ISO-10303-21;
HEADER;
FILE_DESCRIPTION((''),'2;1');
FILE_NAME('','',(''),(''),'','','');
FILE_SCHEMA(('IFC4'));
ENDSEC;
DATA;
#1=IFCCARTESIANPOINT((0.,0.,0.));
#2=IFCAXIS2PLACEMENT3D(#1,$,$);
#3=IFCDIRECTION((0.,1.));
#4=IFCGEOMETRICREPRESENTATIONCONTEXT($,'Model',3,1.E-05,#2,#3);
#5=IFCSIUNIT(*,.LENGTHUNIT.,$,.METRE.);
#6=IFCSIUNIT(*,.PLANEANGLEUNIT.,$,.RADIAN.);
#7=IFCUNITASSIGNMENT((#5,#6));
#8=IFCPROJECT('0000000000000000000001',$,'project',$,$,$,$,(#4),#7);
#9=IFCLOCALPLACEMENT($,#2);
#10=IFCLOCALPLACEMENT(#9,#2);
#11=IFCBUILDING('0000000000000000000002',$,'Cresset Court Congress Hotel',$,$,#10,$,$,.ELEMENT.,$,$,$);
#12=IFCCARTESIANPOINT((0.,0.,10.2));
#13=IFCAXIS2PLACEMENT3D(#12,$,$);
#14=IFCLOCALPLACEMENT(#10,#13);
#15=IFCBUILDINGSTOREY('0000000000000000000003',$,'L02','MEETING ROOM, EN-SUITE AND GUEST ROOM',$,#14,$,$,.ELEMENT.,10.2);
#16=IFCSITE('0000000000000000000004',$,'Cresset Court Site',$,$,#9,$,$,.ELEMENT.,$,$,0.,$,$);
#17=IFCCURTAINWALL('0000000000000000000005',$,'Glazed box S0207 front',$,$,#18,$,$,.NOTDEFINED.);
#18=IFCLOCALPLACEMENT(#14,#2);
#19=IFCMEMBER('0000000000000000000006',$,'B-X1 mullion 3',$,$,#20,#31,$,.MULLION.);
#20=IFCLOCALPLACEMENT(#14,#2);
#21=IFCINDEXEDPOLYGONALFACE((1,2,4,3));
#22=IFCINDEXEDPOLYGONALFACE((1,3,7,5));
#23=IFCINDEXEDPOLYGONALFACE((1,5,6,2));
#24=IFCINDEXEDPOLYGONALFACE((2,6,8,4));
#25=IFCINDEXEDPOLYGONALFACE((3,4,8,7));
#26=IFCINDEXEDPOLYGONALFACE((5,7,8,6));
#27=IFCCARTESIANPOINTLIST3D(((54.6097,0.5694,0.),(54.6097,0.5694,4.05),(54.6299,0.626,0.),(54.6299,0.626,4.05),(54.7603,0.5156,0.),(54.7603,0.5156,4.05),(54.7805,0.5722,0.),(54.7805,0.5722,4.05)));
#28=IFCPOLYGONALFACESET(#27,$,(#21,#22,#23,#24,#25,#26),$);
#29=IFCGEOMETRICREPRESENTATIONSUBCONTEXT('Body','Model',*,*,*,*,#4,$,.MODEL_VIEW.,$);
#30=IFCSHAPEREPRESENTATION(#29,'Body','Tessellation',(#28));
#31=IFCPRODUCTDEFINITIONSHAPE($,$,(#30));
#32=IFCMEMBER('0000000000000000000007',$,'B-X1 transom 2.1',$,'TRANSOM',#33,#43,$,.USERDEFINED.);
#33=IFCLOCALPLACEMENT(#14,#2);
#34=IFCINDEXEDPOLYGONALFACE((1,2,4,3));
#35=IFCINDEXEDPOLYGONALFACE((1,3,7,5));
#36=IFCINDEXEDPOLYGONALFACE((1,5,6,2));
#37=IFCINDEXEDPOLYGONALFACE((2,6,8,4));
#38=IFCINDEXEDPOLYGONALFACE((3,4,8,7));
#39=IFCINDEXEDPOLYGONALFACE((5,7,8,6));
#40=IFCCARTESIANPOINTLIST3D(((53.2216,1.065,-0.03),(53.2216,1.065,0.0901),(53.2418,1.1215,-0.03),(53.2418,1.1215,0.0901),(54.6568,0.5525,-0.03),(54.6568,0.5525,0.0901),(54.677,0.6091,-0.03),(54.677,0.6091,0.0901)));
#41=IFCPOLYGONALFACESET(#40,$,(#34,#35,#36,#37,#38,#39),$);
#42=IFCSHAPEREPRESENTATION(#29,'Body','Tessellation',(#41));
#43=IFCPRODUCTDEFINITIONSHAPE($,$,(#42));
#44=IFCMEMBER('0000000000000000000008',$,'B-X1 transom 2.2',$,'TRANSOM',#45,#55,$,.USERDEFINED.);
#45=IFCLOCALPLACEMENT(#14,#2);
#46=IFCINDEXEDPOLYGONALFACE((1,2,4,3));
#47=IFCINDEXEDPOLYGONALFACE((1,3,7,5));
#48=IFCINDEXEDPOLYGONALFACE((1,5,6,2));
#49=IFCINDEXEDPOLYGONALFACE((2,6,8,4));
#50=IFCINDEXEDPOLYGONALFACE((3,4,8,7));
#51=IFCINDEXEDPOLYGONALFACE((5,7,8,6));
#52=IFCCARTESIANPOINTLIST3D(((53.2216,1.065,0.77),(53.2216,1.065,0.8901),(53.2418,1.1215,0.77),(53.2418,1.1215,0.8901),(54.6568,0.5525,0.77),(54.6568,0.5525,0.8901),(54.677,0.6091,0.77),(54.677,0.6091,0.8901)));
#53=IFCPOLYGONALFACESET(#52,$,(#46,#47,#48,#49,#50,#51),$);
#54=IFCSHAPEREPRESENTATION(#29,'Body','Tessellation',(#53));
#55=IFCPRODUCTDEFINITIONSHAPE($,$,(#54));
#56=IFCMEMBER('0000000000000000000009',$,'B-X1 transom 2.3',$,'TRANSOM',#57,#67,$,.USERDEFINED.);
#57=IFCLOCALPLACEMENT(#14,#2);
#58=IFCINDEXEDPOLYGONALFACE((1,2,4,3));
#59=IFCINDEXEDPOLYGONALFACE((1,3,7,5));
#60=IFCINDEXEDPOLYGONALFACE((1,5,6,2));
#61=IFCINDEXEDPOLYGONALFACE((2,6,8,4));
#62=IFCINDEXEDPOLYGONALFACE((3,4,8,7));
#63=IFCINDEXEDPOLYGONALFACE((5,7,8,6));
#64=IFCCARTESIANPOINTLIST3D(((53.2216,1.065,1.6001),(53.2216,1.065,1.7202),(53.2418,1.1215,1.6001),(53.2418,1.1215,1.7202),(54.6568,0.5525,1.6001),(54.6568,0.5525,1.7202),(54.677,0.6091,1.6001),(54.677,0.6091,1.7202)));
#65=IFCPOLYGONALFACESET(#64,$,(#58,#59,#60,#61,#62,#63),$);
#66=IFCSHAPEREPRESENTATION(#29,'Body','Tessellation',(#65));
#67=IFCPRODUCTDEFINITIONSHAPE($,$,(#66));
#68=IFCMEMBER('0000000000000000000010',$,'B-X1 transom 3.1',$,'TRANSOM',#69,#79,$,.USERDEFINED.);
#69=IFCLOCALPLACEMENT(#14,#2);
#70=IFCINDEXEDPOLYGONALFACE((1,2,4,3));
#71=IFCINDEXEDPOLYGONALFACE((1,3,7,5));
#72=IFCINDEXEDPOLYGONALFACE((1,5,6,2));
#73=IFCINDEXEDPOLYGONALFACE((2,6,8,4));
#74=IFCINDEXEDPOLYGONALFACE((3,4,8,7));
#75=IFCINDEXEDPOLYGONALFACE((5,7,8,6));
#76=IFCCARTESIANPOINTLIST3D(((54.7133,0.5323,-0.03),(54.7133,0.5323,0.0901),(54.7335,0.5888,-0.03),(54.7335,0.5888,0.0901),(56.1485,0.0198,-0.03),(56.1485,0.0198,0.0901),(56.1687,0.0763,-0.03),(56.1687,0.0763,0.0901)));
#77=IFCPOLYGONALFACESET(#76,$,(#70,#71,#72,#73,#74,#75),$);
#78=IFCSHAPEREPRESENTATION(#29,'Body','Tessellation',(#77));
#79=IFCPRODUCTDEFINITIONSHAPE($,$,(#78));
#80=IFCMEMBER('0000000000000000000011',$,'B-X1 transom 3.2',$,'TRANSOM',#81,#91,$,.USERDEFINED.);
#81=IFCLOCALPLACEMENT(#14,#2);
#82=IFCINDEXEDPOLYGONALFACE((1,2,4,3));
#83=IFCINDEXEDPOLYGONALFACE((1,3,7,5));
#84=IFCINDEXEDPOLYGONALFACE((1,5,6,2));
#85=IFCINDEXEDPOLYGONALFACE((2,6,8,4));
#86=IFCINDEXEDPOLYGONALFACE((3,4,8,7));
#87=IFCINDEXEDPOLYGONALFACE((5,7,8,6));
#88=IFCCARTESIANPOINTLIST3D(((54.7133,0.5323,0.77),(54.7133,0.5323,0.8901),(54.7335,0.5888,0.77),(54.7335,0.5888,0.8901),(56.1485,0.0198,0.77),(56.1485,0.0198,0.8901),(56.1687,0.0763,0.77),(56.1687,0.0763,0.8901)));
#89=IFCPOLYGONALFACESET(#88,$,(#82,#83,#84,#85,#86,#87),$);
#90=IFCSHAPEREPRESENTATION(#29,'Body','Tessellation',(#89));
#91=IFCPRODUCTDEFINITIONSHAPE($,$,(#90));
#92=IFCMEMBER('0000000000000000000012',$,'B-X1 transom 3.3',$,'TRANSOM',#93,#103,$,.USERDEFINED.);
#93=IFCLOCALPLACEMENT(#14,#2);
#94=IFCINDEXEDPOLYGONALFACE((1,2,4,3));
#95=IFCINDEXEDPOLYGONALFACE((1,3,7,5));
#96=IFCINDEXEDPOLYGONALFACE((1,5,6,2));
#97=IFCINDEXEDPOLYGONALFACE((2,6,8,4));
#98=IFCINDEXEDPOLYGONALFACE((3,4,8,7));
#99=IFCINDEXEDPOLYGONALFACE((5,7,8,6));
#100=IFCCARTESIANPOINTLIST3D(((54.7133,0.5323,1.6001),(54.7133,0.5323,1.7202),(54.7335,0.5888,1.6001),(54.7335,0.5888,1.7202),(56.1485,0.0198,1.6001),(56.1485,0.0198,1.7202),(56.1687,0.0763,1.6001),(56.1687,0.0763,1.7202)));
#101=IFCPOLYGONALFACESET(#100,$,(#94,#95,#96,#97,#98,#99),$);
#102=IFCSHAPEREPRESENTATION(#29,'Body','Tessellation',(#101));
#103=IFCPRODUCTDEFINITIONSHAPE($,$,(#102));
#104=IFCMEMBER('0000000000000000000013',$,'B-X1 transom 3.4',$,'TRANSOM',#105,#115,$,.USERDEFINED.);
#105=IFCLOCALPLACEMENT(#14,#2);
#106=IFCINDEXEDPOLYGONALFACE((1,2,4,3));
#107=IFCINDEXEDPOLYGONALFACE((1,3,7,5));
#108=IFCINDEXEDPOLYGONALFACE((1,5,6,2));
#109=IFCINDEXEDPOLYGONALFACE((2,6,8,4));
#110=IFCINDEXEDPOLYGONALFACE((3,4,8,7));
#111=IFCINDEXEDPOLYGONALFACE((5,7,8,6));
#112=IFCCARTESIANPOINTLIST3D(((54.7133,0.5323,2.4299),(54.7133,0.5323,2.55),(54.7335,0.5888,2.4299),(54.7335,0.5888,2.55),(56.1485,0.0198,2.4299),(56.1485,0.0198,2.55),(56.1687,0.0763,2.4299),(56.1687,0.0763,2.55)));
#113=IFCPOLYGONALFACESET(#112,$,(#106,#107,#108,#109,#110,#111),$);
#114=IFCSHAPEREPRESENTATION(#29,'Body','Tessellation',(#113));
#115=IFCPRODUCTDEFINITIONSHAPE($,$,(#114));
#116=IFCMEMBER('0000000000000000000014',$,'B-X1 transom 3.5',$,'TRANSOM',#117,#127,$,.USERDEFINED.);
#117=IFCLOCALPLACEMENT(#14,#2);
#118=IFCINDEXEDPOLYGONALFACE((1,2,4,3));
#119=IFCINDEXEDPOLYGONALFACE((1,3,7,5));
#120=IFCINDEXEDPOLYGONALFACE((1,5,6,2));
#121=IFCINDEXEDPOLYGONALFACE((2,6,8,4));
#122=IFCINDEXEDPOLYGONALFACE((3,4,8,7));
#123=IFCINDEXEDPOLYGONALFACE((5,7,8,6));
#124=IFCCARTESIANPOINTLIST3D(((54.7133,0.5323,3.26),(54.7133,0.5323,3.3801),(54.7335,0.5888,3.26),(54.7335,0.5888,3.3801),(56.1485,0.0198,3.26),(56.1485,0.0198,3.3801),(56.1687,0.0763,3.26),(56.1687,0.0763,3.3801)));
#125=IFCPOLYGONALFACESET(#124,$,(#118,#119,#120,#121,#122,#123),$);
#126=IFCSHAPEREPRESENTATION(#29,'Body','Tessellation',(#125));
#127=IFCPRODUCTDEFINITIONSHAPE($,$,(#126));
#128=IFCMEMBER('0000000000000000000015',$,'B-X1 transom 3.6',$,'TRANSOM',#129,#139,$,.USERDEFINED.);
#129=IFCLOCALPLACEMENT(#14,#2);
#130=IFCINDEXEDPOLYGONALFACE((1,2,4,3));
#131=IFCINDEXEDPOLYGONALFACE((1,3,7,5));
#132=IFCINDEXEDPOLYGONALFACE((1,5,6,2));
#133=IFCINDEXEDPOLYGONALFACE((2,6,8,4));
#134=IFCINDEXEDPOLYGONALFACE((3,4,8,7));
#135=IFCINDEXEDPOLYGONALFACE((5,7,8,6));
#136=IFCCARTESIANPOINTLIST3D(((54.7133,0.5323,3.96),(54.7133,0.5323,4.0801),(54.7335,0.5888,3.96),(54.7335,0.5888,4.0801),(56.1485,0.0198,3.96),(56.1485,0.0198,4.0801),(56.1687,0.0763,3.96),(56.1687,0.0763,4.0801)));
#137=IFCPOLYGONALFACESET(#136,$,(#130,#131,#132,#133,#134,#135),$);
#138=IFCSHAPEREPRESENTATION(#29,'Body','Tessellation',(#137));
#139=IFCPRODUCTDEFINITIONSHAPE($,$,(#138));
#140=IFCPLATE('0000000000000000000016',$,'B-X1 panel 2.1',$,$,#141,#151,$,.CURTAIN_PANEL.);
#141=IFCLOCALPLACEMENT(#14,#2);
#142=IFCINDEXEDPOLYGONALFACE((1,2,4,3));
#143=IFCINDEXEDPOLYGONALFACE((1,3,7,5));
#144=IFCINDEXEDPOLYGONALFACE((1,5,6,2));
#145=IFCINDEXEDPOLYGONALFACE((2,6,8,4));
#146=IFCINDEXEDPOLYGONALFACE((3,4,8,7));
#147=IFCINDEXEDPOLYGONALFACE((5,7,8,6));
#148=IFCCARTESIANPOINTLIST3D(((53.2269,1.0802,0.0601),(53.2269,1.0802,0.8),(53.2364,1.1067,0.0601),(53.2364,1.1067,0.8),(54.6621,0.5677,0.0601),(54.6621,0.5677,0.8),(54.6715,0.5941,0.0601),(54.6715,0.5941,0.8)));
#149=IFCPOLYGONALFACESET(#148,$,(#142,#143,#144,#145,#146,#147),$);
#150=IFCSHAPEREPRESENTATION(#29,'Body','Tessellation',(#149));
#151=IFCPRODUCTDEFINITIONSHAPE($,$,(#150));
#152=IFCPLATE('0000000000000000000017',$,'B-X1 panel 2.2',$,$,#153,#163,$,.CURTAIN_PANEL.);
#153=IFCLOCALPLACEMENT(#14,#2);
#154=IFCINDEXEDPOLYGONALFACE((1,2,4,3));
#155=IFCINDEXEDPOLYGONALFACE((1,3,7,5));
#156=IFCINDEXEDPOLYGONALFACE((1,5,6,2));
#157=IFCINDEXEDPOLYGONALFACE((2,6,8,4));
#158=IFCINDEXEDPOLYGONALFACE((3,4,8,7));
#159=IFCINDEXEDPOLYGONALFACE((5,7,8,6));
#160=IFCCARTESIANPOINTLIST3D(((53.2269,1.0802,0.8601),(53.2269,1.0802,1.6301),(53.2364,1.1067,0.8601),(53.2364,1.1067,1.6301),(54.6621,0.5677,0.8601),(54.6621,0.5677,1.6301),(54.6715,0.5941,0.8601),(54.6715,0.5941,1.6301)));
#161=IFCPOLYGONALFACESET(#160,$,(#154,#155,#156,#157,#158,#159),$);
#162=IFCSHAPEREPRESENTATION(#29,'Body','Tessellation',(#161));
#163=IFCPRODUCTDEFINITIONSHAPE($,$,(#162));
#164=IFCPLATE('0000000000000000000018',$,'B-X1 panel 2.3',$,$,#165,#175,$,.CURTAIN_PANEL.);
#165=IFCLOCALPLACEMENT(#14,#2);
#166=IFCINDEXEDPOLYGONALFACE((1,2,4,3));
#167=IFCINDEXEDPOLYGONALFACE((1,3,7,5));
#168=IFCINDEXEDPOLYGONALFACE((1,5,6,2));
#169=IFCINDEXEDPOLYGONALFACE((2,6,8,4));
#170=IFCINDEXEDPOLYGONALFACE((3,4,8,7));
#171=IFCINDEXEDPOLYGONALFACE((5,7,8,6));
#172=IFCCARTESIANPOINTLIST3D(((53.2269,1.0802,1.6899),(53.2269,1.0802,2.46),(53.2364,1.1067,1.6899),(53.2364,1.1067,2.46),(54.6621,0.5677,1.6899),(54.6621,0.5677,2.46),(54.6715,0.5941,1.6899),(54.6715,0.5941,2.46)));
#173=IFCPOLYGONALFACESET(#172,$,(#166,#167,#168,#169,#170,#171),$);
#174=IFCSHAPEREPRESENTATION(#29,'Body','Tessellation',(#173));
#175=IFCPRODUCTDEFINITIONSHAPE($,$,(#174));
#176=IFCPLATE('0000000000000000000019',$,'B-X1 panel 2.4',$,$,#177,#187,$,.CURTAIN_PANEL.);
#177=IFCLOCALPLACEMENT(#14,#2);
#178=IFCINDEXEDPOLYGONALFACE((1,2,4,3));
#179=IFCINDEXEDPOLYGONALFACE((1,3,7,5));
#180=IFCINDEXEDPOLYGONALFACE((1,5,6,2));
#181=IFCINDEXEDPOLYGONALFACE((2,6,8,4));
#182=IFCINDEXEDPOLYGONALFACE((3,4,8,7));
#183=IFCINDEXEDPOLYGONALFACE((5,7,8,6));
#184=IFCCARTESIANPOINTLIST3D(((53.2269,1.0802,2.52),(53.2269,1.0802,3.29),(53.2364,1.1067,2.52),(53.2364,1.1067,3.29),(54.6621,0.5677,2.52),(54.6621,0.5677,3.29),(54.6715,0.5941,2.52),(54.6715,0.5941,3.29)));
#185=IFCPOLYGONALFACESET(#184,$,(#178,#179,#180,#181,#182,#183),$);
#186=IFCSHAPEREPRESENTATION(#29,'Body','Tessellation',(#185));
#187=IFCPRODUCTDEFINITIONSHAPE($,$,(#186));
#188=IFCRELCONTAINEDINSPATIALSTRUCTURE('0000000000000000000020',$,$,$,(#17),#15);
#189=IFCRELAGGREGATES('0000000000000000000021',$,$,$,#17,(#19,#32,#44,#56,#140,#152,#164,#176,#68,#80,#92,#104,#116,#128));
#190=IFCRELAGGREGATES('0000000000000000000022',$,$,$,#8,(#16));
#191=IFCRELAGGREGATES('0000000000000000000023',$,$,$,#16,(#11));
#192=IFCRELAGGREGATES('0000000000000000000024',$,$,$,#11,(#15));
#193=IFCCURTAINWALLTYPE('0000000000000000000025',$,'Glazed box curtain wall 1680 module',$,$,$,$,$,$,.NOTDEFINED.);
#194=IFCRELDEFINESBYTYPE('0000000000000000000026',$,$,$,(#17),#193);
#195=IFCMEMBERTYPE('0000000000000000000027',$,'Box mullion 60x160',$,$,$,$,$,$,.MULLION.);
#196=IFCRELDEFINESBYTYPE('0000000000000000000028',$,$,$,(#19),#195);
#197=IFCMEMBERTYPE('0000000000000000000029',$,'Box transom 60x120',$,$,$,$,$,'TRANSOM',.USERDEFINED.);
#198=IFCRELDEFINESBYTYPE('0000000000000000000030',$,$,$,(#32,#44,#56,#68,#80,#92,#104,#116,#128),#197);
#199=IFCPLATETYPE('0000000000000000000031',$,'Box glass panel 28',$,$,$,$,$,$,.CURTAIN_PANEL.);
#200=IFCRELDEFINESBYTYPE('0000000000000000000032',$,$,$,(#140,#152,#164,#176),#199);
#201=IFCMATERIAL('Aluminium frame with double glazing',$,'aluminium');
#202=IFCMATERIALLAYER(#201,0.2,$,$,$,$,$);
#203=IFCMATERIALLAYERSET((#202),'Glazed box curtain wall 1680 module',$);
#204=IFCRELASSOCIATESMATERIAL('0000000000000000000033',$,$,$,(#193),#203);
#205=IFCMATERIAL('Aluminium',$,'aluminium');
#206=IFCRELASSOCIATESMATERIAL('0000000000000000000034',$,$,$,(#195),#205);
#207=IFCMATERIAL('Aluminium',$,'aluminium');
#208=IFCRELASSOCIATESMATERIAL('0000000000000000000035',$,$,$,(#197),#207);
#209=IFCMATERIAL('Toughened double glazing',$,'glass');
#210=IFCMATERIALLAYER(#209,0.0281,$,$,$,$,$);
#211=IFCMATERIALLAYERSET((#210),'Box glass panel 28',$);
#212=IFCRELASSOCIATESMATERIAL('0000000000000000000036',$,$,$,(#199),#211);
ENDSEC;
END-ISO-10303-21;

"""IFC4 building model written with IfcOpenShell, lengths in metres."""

from ifc_helpers import new_model, si_unit, direction, frame, origin, origin_2d, place, context, subcontext, project, spatial, rectangle, extrude, material, layer, layer_set, material_profile, profile_set, type_object, element, aggregate, save


model = new_model("IFC4")

# Units and contexts
model_context = context("Model", 3, precision=1e-05, world=origin(), true_north=direction((0.0, 1.0)))
body_context = subcontext(model_context, "Body", "Model", "MODEL_VIEW")
ifc_project = project(units=[si_unit("LENGTHUNIT", "METRE"), si_unit("PLANEANGLEUNIT", "RADIAN")], contexts=[model_context])

# Site, building, storey
site_placement = place(None, origin())
site = spatial("IfcSite", under=ifc_project, at=site_placement, Name="Cresset Court Site", CompositionType="ELEMENT", RefElevation=0.0)
building_placement = place(site_placement, origin())
building = spatial("IfcBuilding", under=site, at=building_placement, Name="Cresset Court Congress Hotel", CompositionType="ELEMENT")
storey_placement = place(building_placement, frame((0.0, 0.0, 10.2)))
storey = spatial("IfcBuildingStorey", under=building, at=storey_placement, Name="L02", Description="MEETING ROOM, EN-SUITE AND GUEST ROOM", CompositionType="ELEMENT", Elevation=10.2)

# Curtain wall, members, plates
ifc_material_1 = material(Name="Aluminium frame with double glazing", Category="aluminium")
ifc_layer_1 = layer(ifc_material_1, 0.2)
ifc_layer_set_1 = layer_set([ifc_layer_1], Name="Glazed box curtain wall 1680 module")
curtain_wall_type = type_object("IfcCurtainWallType", Name="Glazed box curtain wall 1680 module", PredefinedType="NOTDEFINED", material=ifc_layer_set_1)
curtain_wall_1_placement = place(storey_placement, origin())
curtain_wall_1 = element("IfcCurtainWall", 1, at=curtain_wall_1_placement, inside=storey, type_object=curtain_wall_type, Name="Glazed box S0207 front", PredefinedType="NOTDEFINED")
ifc_material_2 = material(Name="Aluminium", Category="aluminium")
ifc_material_profile_1 = material_profile(ifc_material_2, rectangle(XDim=0.0601, YDim=0.1599, at=origin_2d()), Name="Box mullion 60x160")
ifc_profile_set_1 = profile_set([ifc_material_profile_1], Name="Aluminium")
member_type_1 = type_object("IfcMemberType", Name="Box mullion 60x160", PredefinedType="MULLION", material=ifc_profile_set_1)
member_1_placement = place(storey_placement, frame((54.6951, 0.5708, 0.0), z_axis=(0.0, 0.0, 1.0), x_axis=(0.336336, 0.941742, 0.0)))
member_1 = element("IfcMember", 2, at=member_1_placement, type_object=member_type_1, Name="B-X1 mullion 3", PredefinedType="MULLION", context=body_context, shape_type="SweptSolid", body=[
    extrude(rectangle(XDim=0.0601, YDim=0.1599, at=origin_2d()), origin(), (0.0, 0.0, 1.0), 4.05),
])
ifc_material_3 = material(Name="Aluminium", Category="aluminium")
ifc_material_profile_2 = material_profile(ifc_material_3, rectangle(XDim=0.0601, YDim=0.1201, at=origin_2d()), Name="Box transom 60x120")
ifc_profile_set_2 = profile_set([ifc_material_profile_2], Name="Aluminium")
member_type_2 = type_object("IfcMemberType", Name="Box transom 60x120", ElementType="TRANSOM", PredefinedType="USERDEFINED", material=ifc_profile_set_2)
member_2_placement = place(storey_placement, frame((53.2317, 1.0933, 0.03), z_axis=(0.941756, -0.336296, 0.0), x_axis=(0.336296, 0.941756, 0.0)))
member_2 = element("IfcMember", 3, at=member_2_placement, type_object=member_type_2, Name="B-X1 transom 2.1", ObjectType="TRANSOM", PredefinedType="USERDEFINED", context=body_context, shape_type="SweptSolid", body=[
    extrude(rectangle(XDim=0.0601, YDim=0.1201, at=origin_2d()), origin(), (0.0, 0.0, 1.0), 1.5239),
])
member_3_placement = place(storey_placement, frame((53.2317, 1.0933, 0.8301), z_axis=(0.941756, -0.336296, 0.0), x_axis=(0.336296, 0.941756, 0.0)))
member_3 = element("IfcMember", 4, at=member_3_placement, type_object=member_type_2, Name="B-X1 transom 2.2", ObjectType="TRANSOM", PredefinedType="USERDEFINED", context=body_context, shape_type="SweptSolid", body=[
    extrude(rectangle(XDim=0.0601, YDim=0.1201, at=origin_2d()), origin(), (0.0, 0.0, 1.0), 1.5239),
])
member_4_placement = place(storey_placement, frame((53.2317, 1.0933, 1.6602), z_axis=(0.941756, -0.336296, 0.0), x_axis=(0.336296, 0.941756, 0.0)))
member_4 = element("IfcMember", 5, at=member_4_placement, type_object=member_type_2, Name="B-X1 transom 2.3", ObjectType="TRANSOM", PredefinedType="USERDEFINED", context=body_context, shape_type="SweptSolid", body=[
    extrude(rectangle(XDim=0.0601, YDim=0.1201, at=origin_2d()), origin(), (0.0, 0.0, 1.0), 1.5239),
])
member_5_placement = place(storey_placement, frame((54.7234, 0.5605, 0.03), z_axis=(0.941756, -0.336296, 0.0), x_axis=(0.336296, 0.941756, 0.0)))
member_5 = element("IfcMember", 6, at=member_5_placement, type_object=member_type_2, Name="B-X1 transom 3.1", ObjectType="TRANSOM", PredefinedType="USERDEFINED", context=body_context, shape_type="SweptSolid", body=[
    extrude(rectangle(XDim=0.0601, YDim=0.1201, at=origin_2d()), origin(), (0.0, 0.0, 1.0), 1.5239),
])
member_6_placement = place(storey_placement, frame((54.7234, 0.5605, 0.8301), z_axis=(0.941756, -0.336296, 0.0), x_axis=(0.336296, 0.941756, 0.0)))
member_6 = element("IfcMember", 7, at=member_6_placement, type_object=member_type_2, Name="B-X1 transom 3.2", ObjectType="TRANSOM", PredefinedType="USERDEFINED", context=body_context, shape_type="SweptSolid", body=[
    extrude(rectangle(XDim=0.0601, YDim=0.1201, at=origin_2d()), origin(), (0.0, 0.0, 1.0), 1.5239),
])
member_7_placement = place(storey_placement, frame((54.7234, 0.5605, 1.6602), z_axis=(0.941756, -0.336296, 0.0), x_axis=(0.336296, 0.941756, 0.0)))
member_7 = element("IfcMember", 8, at=member_7_placement, type_object=member_type_2, Name="B-X1 transom 3.3", ObjectType="TRANSOM", PredefinedType="USERDEFINED", context=body_context, shape_type="SweptSolid", body=[
    extrude(rectangle(XDim=0.0601, YDim=0.1201, at=origin_2d()), origin(), (0.0, 0.0, 1.0), 1.5239),
])
member_8_placement = place(storey_placement, frame((54.7234, 0.5605, 2.49), z_axis=(0.941756, -0.336296, 0.0), x_axis=(0.336296, 0.941756, 0.0)))
member_8 = element("IfcMember", 9, at=member_8_placement, type_object=member_type_2, Name="B-X1 transom 3.4", ObjectType="TRANSOM", PredefinedType="USERDEFINED", context=body_context, shape_type="SweptSolid", body=[
    extrude(rectangle(XDim=0.0601, YDim=0.1201, at=origin_2d()), origin(), (0.0, 0.0, 1.0), 1.5239),
])
member_9_placement = place(storey_placement, frame((54.7234, 0.5605, 3.3201), z_axis=(0.941756, -0.336296, 0.0), x_axis=(0.336296, 0.941756, 0.0)))
member_9 = element("IfcMember", 10, at=member_9_placement, type_object=member_type_2, Name="B-X1 transom 3.5", ObjectType="TRANSOM", PredefinedType="USERDEFINED", context=body_context, shape_type="SweptSolid", body=[
    extrude(rectangle(XDim=0.0601, YDim=0.1201, at=origin_2d()), origin(), (0.0, 0.0, 1.0), 1.5239),
])
member_10_placement = place(storey_placement, frame((54.7234, 0.5605, 4.02), z_axis=(0.941756, -0.336296, 0.0), x_axis=(0.336296, 0.941756, 0.0)))
member_10 = element("IfcMember", 11, at=member_10_placement, type_object=member_type_2, Name="B-X1 transom 3.6", ObjectType="TRANSOM", PredefinedType="USERDEFINED", context=body_context, shape_type="SweptSolid", body=[
    extrude(rectangle(XDim=0.0601, YDim=0.1201, at=origin_2d()), origin(), (0.0, 0.0, 1.0), 1.5239),
])
ifc_material_4 = material(Name="Toughened double glazing", Category="glass")
ifc_layer_2 = layer(ifc_material_4, 0.0281)
ifc_layer_set_2 = layer_set([ifc_layer_2], Name="Box glass panel 28")
plate_type_1 = type_object("IfcPlateType", Name="Box glass panel 28", PredefinedType="CURTAIN_PANEL", material=ifc_layer_set_2)
plate_1_placement = place(storey_placement, frame((53.9492, 0.8372, 0.0601), z_axis=(0.0, 0.0, 1.0), x_axis=(0.941742, -0.336336, 0.0)))
plate_1 = element("IfcPlate", 12, at=plate_1_placement, type_object=plate_type_1, Name="B-X1 panel 2.1", PredefinedType="CURTAIN_PANEL", context=body_context, shape_type="SweptSolid", body=[
    extrude(rectangle(XDim=1.5239, YDim=0.0281, at=origin_2d()), origin(), (0.0, 0.0, 1.0), 0.74),
])
plate_2_placement = place(storey_placement, frame((53.9492, 0.8372, 0.8601), z_axis=(0.0, 0.0, 1.0), x_axis=(0.941742, -0.336336, 0.0)))
plate_2 = element("IfcPlate", 13, at=plate_2_placement, type_object=plate_type_1, Name="B-X1 panel 2.2", PredefinedType="CURTAIN_PANEL", context=body_context, shape_type="SweptSolid", body=[
    extrude(rectangle(XDim=1.5239, YDim=0.0281, at=origin_2d()), origin(), (0.0, 0.0, 1.0), 0.77),
])
plate_3_placement = place(storey_placement, frame((53.9492, 0.8372, 1.6899), z_axis=(0.0, 0.0, 1.0), x_axis=(0.941742, -0.336336, 0.0)))
plate_3 = element("IfcPlate", 14, at=plate_3_placement, type_object=plate_type_1, Name="B-X1 panel 2.3", PredefinedType="CURTAIN_PANEL", context=body_context, shape_type="SweptSolid", body=[
    extrude(rectangle(XDim=1.5239, YDim=0.0281, at=origin_2d()), origin(), (0.0, 0.0, 1.0), 0.77),
])
plate_4_placement = place(storey_placement, frame((53.9492, 0.8372, 2.52), z_axis=(0.0, 0.0, 1.0), x_axis=(0.941742, -0.336336, 0.0)))
plate_4 = element("IfcPlate", 15, at=plate_4_placement, type_object=plate_type_1, Name="B-X1 panel 2.4", PredefinedType="CURTAIN_PANEL", context=body_context, shape_type="SweptSolid", body=[
    extrude(rectangle(XDim=1.5239, YDim=0.0281, at=origin_2d()), origin(), (0.0, 0.0, 1.0), 0.77),
])

aggregate(curtain_wall_1, [member_1, member_2, member_3, member_4, plate_1, plate_2, plate_3, plate_4, member_5, member_6, member_7, member_8, member_9, member_10])

save(model, "model.ifc")
